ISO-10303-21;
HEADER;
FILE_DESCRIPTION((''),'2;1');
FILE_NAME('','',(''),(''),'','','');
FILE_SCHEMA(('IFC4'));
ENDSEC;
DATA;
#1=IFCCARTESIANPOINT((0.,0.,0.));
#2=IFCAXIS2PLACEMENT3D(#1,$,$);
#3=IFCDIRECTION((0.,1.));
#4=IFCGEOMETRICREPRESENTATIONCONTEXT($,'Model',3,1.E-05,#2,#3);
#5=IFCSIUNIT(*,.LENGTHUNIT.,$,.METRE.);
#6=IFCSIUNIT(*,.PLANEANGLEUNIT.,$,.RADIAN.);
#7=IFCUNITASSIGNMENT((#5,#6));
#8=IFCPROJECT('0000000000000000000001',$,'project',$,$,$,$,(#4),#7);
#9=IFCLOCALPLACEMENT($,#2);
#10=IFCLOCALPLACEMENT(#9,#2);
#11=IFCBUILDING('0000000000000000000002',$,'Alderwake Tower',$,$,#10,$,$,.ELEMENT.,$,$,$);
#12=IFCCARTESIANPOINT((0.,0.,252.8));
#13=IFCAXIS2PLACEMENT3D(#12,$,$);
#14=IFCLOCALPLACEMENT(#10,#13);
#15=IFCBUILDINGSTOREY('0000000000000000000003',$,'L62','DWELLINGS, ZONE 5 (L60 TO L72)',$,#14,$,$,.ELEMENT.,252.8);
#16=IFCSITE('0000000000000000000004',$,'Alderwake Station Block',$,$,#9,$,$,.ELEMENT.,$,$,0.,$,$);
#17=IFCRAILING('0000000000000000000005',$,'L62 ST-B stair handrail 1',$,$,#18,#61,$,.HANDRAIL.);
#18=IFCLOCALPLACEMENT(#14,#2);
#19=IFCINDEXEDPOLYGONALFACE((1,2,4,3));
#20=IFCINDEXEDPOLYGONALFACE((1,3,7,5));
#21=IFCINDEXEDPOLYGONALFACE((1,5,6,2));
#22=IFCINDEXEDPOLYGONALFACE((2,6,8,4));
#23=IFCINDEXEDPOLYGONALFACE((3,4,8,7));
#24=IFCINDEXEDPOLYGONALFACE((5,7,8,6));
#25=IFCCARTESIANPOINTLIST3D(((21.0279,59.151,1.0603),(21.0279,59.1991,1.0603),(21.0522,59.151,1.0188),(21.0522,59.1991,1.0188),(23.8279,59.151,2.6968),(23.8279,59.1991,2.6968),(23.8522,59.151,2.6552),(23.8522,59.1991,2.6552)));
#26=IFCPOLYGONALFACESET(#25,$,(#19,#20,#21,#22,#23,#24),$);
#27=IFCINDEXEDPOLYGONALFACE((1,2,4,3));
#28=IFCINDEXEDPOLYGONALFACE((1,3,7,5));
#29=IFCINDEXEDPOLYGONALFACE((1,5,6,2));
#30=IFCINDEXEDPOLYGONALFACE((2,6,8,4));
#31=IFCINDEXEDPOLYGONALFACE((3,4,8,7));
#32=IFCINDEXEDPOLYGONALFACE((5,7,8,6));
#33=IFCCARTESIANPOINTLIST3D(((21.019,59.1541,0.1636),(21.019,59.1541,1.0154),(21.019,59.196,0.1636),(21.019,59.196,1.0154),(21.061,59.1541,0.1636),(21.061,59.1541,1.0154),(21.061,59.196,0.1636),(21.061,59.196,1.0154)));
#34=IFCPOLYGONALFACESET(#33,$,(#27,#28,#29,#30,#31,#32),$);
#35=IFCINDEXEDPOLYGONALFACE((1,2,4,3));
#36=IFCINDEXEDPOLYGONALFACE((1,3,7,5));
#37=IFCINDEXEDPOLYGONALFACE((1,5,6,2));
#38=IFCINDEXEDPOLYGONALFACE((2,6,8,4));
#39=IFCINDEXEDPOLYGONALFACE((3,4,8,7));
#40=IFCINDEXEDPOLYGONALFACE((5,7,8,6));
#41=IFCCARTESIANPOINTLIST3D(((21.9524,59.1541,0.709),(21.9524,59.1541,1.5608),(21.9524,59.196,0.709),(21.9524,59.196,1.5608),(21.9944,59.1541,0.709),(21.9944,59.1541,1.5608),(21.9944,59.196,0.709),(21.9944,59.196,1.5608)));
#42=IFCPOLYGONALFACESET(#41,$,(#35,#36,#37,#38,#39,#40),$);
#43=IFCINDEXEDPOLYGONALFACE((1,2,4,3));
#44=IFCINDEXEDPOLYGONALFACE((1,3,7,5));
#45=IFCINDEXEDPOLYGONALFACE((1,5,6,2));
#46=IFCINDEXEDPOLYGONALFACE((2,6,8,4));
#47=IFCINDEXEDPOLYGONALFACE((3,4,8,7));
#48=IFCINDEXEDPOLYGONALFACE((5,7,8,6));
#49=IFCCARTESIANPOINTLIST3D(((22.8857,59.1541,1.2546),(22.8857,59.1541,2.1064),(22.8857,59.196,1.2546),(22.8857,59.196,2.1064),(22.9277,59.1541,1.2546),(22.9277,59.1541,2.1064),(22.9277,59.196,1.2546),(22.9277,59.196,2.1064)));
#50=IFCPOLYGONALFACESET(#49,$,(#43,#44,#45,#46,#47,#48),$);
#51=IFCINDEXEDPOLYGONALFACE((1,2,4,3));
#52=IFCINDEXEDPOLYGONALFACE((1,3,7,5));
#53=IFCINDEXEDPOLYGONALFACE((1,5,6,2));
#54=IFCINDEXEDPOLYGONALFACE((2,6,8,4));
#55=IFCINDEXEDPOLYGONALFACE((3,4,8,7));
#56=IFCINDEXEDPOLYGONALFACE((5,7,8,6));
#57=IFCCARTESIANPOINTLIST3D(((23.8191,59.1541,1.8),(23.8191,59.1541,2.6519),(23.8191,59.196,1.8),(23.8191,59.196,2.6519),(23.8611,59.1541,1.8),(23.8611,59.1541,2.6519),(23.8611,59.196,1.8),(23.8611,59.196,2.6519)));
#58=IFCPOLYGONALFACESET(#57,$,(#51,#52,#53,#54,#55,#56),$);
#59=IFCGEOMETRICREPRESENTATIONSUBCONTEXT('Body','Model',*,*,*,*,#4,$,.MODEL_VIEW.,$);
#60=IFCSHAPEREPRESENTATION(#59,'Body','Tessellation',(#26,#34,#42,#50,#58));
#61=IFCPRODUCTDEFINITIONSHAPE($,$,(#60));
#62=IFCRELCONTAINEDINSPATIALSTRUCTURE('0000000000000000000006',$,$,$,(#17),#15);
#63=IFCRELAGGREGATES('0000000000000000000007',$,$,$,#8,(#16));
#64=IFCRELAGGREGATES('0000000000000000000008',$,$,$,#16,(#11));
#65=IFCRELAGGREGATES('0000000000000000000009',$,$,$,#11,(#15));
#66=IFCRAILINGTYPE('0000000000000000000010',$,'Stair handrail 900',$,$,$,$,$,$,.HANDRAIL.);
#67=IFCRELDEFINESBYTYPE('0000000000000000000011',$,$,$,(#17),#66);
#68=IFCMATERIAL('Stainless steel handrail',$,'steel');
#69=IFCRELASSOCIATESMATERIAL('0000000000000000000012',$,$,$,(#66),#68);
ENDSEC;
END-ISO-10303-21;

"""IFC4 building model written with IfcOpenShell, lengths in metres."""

from ifc_helpers import new_model, si_unit, direction, frame, origin, origin_with_axes, origin_2d, place, context, subcontext, project, spatial, rectangle, extrude, material, type_object, element, save


model = new_model("IFC4")

# Units and contexts
model_context = context("Model", 3, precision=1e-05, world=origin(), true_north=direction((0.0, 1.0)))
body_context = subcontext(model_context, "Body", "Model", "MODEL_VIEW")
ifc_project = project(units=[si_unit("LENGTHUNIT", "METRE"), si_unit("PLANEANGLEUNIT", "RADIAN")], contexts=[model_context])

# Site, building, storey
site_placement = place(None, origin())
site = spatial("IfcSite", under=ifc_project, at=site_placement, Name="Alderwake Station Block", CompositionType="ELEMENT", RefElevation=0.0)
building_placement = place(site_placement, origin())
building = spatial("IfcBuilding", under=site, at=building_placement, Name="Alderwake Tower", CompositionType="ELEMENT")
storey_placement = place(building_placement, frame((0.0, 0.0, 252.8)))
storey = spatial("IfcBuildingStorey", under=building, at=storey_placement, Name="L62", Description="DWELLINGS, ZONE 5 (L60 TO L72)", CompositionType="ELEMENT", Elevation=252.8)

# Railing
ifc_material_1 = material(Name="Stainless steel handrail", Category="steel")
railing_type_1 = type_object("IfcRailingType", Name="Stair handrail 900", PredefinedType="HANDRAIL", material=ifc_material_1)
railing_1_placement = place(storey_placement, frame((21.04, 59.175, 0.1636)))
element("IfcRailing", 1, at=railing_1_placement, inside=storey, type_object=railing_type_1, Name="L62 ST-B stair handrail 1", PredefinedType="HANDRAIL", context=body_context, shape_type="SweptSolid", body=[
    extrude(rectangle(XDim=0.0481, YDim=0.0481, at=origin_2d()), frame((0.0, 0.0, 0.876), z_axis=(0.863361, 0.0, 0.504587), x_axis=(0.0, 1.0, 0.0)), (0.0, 0.0, 1.0), 3.2432),
    extrude(rectangle(XDim=0.042, YDim=0.042, at=origin_2d()), origin_with_axes(), (0.0, 0.0, 1.0), 0.8518),
    extrude(rectangle(XDim=0.042, YDim=0.042, at=origin_2d()), frame((0.9333, 0.0, 0.5454), z_axis=(0.0, 0.0, 1.0), x_axis=(1.0, 0.0, 0.0)), (0.0, 0.0, 1.0), 0.8518),
    extrude(rectangle(XDim=0.042, YDim=0.042, at=origin_2d()), frame((1.8667, 0.0, 1.0911), z_axis=(0.0, 0.0, 1.0), x_axis=(1.0, 0.0, 0.0)), (0.0, 0.0, 1.0), 0.8518),
    extrude(rectangle(XDim=0.042, YDim=0.042, at=origin_2d()), frame((2.8, 0.0, 1.6365), z_axis=(0.0, 0.0, 1.0), x_axis=(1.0, 0.0, 0.0)), (0.0, 0.0, 1.0), 0.8518),
])

save(model, "model.ifc")
